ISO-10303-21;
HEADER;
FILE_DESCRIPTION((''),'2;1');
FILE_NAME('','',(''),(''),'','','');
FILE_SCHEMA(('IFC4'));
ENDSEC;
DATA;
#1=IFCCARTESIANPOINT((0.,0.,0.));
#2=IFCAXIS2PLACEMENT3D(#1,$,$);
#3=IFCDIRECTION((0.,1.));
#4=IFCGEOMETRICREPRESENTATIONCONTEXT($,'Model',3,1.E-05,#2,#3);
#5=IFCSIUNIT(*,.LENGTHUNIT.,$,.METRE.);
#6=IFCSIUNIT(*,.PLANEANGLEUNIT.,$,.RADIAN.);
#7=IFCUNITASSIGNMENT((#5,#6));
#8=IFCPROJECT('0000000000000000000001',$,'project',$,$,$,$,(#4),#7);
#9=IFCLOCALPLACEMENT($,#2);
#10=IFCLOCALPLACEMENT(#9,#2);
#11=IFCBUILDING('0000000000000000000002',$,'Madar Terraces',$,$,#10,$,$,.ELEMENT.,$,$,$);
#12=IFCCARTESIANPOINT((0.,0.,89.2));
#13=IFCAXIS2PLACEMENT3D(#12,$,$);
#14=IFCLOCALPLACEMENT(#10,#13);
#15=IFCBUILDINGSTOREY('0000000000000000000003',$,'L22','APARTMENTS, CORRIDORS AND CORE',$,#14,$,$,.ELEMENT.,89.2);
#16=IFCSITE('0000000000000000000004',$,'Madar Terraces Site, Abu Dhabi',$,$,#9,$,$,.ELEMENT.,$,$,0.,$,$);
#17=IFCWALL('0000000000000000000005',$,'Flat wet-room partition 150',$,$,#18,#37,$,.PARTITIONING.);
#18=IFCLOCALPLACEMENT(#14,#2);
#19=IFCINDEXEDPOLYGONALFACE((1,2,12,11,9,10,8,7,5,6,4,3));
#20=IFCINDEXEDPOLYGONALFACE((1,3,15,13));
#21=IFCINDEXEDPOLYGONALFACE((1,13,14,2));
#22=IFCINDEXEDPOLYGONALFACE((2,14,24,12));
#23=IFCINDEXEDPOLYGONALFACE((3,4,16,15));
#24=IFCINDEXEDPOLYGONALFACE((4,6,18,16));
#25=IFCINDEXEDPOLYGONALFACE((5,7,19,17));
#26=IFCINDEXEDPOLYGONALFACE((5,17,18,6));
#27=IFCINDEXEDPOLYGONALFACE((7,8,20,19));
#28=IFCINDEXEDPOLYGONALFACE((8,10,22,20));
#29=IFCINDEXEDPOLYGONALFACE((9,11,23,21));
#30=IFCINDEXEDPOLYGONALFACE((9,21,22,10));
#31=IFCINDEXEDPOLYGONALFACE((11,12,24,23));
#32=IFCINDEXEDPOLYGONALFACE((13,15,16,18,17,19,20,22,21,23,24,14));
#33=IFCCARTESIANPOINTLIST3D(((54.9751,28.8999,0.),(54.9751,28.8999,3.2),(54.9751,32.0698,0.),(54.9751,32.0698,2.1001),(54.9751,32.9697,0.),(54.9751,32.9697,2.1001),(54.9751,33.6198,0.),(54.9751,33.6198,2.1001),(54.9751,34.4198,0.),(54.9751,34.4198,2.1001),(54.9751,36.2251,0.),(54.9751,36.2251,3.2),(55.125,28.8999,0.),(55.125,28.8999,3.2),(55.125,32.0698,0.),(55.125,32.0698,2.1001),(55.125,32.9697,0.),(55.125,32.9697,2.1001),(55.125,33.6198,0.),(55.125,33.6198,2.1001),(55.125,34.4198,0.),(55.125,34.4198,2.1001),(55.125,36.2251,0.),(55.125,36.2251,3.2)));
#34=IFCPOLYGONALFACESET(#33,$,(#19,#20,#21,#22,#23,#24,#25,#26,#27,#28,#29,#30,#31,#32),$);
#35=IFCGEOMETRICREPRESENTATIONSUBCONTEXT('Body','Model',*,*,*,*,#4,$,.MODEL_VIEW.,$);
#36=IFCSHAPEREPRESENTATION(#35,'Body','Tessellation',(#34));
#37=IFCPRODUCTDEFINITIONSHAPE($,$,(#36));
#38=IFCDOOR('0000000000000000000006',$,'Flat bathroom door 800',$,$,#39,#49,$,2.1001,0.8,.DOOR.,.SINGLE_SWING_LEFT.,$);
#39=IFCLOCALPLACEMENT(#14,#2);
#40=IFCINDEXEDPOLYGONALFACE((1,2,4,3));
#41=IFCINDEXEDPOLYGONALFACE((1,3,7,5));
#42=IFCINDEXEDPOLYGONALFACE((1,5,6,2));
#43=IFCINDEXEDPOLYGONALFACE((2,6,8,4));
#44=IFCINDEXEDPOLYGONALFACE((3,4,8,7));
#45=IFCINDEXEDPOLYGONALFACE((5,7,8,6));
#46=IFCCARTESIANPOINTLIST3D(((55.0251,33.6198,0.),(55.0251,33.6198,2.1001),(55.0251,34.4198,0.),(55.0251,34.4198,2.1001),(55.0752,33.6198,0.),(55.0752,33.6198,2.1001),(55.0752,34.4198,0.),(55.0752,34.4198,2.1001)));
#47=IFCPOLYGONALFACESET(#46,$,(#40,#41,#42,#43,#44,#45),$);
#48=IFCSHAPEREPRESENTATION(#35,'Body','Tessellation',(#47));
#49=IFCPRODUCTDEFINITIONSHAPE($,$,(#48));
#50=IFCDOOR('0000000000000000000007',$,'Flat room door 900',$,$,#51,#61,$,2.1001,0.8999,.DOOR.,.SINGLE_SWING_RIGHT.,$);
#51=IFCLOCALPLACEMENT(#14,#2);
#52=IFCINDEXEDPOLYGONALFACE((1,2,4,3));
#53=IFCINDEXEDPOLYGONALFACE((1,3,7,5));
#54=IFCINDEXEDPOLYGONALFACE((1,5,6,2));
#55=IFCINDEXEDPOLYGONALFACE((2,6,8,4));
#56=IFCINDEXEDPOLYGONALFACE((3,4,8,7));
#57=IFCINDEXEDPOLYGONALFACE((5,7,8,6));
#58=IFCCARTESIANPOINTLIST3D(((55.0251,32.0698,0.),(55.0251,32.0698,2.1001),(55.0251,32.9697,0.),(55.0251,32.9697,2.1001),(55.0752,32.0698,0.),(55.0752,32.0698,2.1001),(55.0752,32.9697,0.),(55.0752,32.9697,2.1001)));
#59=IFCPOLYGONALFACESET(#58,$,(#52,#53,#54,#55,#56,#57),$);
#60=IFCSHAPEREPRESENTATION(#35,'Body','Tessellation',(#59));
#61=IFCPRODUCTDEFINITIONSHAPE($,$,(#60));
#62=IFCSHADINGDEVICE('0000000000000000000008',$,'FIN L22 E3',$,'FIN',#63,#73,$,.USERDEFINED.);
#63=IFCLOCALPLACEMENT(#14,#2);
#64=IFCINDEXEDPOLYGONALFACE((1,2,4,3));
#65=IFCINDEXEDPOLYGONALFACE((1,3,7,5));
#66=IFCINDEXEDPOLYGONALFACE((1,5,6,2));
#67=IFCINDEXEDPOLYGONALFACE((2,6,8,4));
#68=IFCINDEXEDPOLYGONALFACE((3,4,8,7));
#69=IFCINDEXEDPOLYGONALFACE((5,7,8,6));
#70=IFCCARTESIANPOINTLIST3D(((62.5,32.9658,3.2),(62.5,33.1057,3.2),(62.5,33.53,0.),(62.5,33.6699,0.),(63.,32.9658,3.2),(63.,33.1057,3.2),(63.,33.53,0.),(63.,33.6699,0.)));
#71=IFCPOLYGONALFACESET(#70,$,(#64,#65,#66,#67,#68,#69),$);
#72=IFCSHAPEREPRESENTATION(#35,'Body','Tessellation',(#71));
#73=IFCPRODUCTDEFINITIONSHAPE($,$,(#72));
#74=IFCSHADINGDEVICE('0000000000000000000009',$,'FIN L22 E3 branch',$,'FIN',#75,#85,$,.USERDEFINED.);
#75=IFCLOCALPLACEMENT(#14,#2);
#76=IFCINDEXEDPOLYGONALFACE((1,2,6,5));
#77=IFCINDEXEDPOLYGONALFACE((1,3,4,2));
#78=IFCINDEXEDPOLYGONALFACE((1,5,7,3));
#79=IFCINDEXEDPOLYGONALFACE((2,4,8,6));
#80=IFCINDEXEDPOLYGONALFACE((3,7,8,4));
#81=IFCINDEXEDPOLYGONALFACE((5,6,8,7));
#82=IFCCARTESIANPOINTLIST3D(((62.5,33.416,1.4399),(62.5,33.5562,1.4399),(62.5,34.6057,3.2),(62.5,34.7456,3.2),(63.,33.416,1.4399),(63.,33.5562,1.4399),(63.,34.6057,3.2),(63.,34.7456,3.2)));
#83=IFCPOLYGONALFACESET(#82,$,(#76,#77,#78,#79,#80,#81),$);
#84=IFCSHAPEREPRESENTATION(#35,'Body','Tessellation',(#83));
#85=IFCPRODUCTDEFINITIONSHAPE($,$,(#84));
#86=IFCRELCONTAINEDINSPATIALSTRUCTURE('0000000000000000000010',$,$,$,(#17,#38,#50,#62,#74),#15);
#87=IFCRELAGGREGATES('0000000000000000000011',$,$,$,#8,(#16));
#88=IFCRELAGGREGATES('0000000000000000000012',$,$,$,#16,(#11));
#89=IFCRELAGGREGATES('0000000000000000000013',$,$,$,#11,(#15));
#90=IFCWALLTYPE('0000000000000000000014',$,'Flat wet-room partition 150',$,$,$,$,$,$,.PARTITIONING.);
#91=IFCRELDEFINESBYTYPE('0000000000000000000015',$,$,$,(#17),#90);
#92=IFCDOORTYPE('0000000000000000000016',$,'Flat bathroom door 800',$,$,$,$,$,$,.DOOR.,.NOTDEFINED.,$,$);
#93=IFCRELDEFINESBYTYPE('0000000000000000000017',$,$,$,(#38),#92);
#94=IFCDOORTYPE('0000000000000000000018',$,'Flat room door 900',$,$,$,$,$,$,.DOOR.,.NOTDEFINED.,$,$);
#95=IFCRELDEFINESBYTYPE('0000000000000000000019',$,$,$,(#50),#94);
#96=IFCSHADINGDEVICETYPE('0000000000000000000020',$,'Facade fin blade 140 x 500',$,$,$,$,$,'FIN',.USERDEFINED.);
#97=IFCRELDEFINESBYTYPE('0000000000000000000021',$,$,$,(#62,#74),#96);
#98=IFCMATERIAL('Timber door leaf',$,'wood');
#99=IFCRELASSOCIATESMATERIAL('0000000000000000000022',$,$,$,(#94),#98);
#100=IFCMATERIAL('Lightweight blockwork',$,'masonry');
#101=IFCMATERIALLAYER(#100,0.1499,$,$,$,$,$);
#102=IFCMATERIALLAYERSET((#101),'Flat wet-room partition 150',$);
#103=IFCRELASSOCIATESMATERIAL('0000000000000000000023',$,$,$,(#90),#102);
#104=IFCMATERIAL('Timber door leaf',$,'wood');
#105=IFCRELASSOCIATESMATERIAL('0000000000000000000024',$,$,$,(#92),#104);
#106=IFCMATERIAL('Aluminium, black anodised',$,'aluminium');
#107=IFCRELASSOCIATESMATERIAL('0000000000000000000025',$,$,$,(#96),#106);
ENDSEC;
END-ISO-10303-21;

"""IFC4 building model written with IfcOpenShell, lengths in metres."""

from ifc_helpers import new_model, si_unit, direction, frame, frame_2d, origin, place, context, subcontext, project, spatial, polyline, rectangle, outline, extrude, material, layer, layer_set, type_object, element, fill, save


model = new_model("IFC4")

# Units and contexts
model_context = context("Model", 3, precision=1e-05, world=origin(), true_north=direction((0.0, 1.0)))
body_context = subcontext(model_context, "Body", "Model", "MODEL_VIEW")
ifc_project = project(units=[si_unit("LENGTHUNIT", "METRE"), si_unit("PLANEANGLEUNIT", "RADIAN")], contexts=[model_context])

# Site, building, storey
site_placement = place(None, origin())
site = spatial("IfcSite", under=ifc_project, at=site_placement, Name="Madar Terraces Site, Abu Dhabi", CompositionType="ELEMENT", RefElevation=0.0)
building_placement = place(site_placement, origin())
building = spatial("IfcBuilding", under=site, at=building_placement, Name="Madar Terraces", CompositionType="ELEMENT")
storey_placement = place(building_placement, frame((0.0, 0.0, 89.2)))
storey = spatial("IfcBuildingStorey", under=building, at=storey_placement, Name="L22", Description="APARTMENTS, CORRIDORS AND CORE", CompositionType="ELEMENT", Elevation=89.2)

# Shared definitions
ifc_material_1 = material(Name="Timber door leaf", Category="wood")
door_type_1 = type_object("IfcDoorType", Name="Flat room door 900", OperationType="NOTDEFINED", PredefinedType="DOOR", material=ifc_material_1)

# Wall, openings, doors
ifc_material_2 = material(Name="Lightweight blockwork", Category="masonry")
ifc_layer_1 = layer(ifc_material_2, 0.1499)
ifc_layer_set_1 = layer_set([ifc_layer_1], Name="Flat wet-room partition 150")
wall_type_1 = type_object("IfcWallType", Name="Flat wet-room partition 150", PredefinedType="PARTITIONING", material=ifc_layer_set_1)
wall_1_placement = place(storey_placement, frame((55.05, 28.8999, 0.0), z_axis=(0.0, 0.0, 1.0), x_axis=(0.0, 1.0, 0.0)))
wall_1 = element("IfcWall", 1, at=wall_1_placement, inside=storey, type_object=wall_type_1, Name="Flat wet-room partition 150", PredefinedType="PARTITIONING", context=body_context, shape_type="SweptSolid", body=[
    extrude(rectangle(XDim=7.3252, YDim=0.1499, at=frame_2d((3.6626, 0.0))), origin(), (0.0, 0.0, 1.0), 3.2),
])
opening_1_placement = place(wall_1_placement, frame((4.72, 0.0, 0.0)))
opening_1 = element("IfcOpeningElement", 2, at=opening_1_placement, cuts=wall_1, PredefinedType="OPENING", context=body_context, shape_type="SweptSolid", body=[
    extrude(rectangle(XDim=0.8, YDim=2.1001, at=frame_2d((0.3999, 1.05))), frame((0.0, 0.085, 0.0), z_axis=(0.0, -1.0, 0.0), x_axis=(1.0, 0.0, 0.0)), (0.0, 0.0, 1.0), 0.1699),
])
opening_2_placement = place(wall_1_placement, frame((3.1699, 0.0, 0.0)))
opening_2 = element("IfcOpeningElement", 3, at=opening_2_placement, cuts=wall_1, PredefinedType="OPENING", context=body_context, shape_type="SweptSolid", body=[
    extrude(rectangle(XDim=0.8999, YDim=2.1001, at=frame_2d((0.45, 1.05))), frame((0.0, 0.085, 0.0), z_axis=(0.0, -1.0, 0.0), x_axis=(1.0, 0.0, 0.0)), (0.0, 0.0, 1.0), 0.1699),
])
ifc_material_3 = material(Name="Timber door leaf", Category="wood")
door_type_2 = type_object("IfcDoorType", Name="Flat bathroom door 800", OperationType="NOTDEFINED", PredefinedType="DOOR", material=ifc_material_3)
door_1_placement = place(opening_1_placement, origin())
door_1 = element("IfcDoor", 4, at=door_1_placement, inside=storey, type_object=door_type_2, Name="Flat bathroom door 800", OperationType="SINGLE_SWING_LEFT", OverallHeight=2.1001, OverallWidth=0.8, PredefinedType="DOOR", context=body_context, shape_type="SweptSolid", body=[
    extrude(rectangle(XDim=0.8, YDim=2.1001, at=frame_2d((0.3999, 1.05))), frame((0.0, 0.0249, 0.0), z_axis=(0.0, -1.0, 0.0), x_axis=(1.0, 0.0, 0.0)), (0.0, 0.0, 1.0), 0.05),
])
fill(opening_1, door_1)
door_2_placement = place(opening_2_placement, origin())
door_2 = element("IfcDoor", 5, at=door_2_placement, inside=storey, type_object=door_type_1, Name="Flat room door 900", OperationType="SINGLE_SWING_RIGHT", OverallHeight=2.1001, OverallWidth=0.8999, PredefinedType="DOOR", context=body_context, shape_type="SweptSolid", body=[
    extrude(rectangle(XDim=0.8999, YDim=2.1001, at=frame_2d((0.45, 1.05))), frame((0.0, 0.0249, 0.0), z_axis=(0.0, -1.0, 0.0), x_axis=(1.0, 0.0, 0.0)), (0.0, 0.0, 1.0), 0.05),
])
fill(opening_2, door_2)

# Shading devices
ifc_material_4 = material(Name="Aluminium, black anodised", Category="aluminium")
shading_device_type = type_object("IfcShadingDeviceType", Name="Facade fin blade 140 x 500", ElementType="FIN", PredefinedType="USERDEFINED", material=ifc_material_4)
shading_device_1_placement = place(storey_placement, frame((62.75, 33.53, 0.0), z_axis=(0.0, 0.0, 1.0), x_axis=(0.0, 1.0, 0.0)))
element("IfcShadingDevice", 6, at=shading_device_1_placement, inside=storey, type_object=shading_device_type, Name="FIN L22 E3", ObjectType="FIN", PredefinedType="USERDEFINED", context=body_context, shape_type="SweptSolid", body=[
    extrude(outline(polyline([(0.0, 0.0), (0.1399, 0.0), (-0.4243, 3.2), (-0.5642, 3.2), (0.0, 0.0)])), frame((0.0, 0.25, 0.0), z_axis=(0.0, -1.0, 0.0), x_axis=(1.0, 0.0, 0.0)), (0.0, 0.0, 1.0), 0.5),
])
shading_device_2_placement = place(storey_placement, frame((62.75, 33.416, 1.4399), z_axis=(0.0, 0.0, 1.0), x_axis=(0.0, 1.0, 0.0)))
element("IfcShadingDevice", 7, at=shading_device_2_placement, inside=storey, type_object=shading_device_type, Name="FIN L22 E3 branch", ObjectType="FIN", PredefinedType="USERDEFINED", context=body_context, shape_type="SweptSolid", body=[
    extrude(outline(polyline([(0.0, 0.0), (0.1401, 0.0), (1.3296, 1.76), (1.1897, 1.76), (0.0, 0.0)])), frame((0.0, 0.25, 0.0), z_axis=(0.0, -1.0, 0.0), x_axis=(1.0, 0.0, 0.0)), (0.0, 0.0, 1.0), 0.5),
])

save(model, "model.ifc")
